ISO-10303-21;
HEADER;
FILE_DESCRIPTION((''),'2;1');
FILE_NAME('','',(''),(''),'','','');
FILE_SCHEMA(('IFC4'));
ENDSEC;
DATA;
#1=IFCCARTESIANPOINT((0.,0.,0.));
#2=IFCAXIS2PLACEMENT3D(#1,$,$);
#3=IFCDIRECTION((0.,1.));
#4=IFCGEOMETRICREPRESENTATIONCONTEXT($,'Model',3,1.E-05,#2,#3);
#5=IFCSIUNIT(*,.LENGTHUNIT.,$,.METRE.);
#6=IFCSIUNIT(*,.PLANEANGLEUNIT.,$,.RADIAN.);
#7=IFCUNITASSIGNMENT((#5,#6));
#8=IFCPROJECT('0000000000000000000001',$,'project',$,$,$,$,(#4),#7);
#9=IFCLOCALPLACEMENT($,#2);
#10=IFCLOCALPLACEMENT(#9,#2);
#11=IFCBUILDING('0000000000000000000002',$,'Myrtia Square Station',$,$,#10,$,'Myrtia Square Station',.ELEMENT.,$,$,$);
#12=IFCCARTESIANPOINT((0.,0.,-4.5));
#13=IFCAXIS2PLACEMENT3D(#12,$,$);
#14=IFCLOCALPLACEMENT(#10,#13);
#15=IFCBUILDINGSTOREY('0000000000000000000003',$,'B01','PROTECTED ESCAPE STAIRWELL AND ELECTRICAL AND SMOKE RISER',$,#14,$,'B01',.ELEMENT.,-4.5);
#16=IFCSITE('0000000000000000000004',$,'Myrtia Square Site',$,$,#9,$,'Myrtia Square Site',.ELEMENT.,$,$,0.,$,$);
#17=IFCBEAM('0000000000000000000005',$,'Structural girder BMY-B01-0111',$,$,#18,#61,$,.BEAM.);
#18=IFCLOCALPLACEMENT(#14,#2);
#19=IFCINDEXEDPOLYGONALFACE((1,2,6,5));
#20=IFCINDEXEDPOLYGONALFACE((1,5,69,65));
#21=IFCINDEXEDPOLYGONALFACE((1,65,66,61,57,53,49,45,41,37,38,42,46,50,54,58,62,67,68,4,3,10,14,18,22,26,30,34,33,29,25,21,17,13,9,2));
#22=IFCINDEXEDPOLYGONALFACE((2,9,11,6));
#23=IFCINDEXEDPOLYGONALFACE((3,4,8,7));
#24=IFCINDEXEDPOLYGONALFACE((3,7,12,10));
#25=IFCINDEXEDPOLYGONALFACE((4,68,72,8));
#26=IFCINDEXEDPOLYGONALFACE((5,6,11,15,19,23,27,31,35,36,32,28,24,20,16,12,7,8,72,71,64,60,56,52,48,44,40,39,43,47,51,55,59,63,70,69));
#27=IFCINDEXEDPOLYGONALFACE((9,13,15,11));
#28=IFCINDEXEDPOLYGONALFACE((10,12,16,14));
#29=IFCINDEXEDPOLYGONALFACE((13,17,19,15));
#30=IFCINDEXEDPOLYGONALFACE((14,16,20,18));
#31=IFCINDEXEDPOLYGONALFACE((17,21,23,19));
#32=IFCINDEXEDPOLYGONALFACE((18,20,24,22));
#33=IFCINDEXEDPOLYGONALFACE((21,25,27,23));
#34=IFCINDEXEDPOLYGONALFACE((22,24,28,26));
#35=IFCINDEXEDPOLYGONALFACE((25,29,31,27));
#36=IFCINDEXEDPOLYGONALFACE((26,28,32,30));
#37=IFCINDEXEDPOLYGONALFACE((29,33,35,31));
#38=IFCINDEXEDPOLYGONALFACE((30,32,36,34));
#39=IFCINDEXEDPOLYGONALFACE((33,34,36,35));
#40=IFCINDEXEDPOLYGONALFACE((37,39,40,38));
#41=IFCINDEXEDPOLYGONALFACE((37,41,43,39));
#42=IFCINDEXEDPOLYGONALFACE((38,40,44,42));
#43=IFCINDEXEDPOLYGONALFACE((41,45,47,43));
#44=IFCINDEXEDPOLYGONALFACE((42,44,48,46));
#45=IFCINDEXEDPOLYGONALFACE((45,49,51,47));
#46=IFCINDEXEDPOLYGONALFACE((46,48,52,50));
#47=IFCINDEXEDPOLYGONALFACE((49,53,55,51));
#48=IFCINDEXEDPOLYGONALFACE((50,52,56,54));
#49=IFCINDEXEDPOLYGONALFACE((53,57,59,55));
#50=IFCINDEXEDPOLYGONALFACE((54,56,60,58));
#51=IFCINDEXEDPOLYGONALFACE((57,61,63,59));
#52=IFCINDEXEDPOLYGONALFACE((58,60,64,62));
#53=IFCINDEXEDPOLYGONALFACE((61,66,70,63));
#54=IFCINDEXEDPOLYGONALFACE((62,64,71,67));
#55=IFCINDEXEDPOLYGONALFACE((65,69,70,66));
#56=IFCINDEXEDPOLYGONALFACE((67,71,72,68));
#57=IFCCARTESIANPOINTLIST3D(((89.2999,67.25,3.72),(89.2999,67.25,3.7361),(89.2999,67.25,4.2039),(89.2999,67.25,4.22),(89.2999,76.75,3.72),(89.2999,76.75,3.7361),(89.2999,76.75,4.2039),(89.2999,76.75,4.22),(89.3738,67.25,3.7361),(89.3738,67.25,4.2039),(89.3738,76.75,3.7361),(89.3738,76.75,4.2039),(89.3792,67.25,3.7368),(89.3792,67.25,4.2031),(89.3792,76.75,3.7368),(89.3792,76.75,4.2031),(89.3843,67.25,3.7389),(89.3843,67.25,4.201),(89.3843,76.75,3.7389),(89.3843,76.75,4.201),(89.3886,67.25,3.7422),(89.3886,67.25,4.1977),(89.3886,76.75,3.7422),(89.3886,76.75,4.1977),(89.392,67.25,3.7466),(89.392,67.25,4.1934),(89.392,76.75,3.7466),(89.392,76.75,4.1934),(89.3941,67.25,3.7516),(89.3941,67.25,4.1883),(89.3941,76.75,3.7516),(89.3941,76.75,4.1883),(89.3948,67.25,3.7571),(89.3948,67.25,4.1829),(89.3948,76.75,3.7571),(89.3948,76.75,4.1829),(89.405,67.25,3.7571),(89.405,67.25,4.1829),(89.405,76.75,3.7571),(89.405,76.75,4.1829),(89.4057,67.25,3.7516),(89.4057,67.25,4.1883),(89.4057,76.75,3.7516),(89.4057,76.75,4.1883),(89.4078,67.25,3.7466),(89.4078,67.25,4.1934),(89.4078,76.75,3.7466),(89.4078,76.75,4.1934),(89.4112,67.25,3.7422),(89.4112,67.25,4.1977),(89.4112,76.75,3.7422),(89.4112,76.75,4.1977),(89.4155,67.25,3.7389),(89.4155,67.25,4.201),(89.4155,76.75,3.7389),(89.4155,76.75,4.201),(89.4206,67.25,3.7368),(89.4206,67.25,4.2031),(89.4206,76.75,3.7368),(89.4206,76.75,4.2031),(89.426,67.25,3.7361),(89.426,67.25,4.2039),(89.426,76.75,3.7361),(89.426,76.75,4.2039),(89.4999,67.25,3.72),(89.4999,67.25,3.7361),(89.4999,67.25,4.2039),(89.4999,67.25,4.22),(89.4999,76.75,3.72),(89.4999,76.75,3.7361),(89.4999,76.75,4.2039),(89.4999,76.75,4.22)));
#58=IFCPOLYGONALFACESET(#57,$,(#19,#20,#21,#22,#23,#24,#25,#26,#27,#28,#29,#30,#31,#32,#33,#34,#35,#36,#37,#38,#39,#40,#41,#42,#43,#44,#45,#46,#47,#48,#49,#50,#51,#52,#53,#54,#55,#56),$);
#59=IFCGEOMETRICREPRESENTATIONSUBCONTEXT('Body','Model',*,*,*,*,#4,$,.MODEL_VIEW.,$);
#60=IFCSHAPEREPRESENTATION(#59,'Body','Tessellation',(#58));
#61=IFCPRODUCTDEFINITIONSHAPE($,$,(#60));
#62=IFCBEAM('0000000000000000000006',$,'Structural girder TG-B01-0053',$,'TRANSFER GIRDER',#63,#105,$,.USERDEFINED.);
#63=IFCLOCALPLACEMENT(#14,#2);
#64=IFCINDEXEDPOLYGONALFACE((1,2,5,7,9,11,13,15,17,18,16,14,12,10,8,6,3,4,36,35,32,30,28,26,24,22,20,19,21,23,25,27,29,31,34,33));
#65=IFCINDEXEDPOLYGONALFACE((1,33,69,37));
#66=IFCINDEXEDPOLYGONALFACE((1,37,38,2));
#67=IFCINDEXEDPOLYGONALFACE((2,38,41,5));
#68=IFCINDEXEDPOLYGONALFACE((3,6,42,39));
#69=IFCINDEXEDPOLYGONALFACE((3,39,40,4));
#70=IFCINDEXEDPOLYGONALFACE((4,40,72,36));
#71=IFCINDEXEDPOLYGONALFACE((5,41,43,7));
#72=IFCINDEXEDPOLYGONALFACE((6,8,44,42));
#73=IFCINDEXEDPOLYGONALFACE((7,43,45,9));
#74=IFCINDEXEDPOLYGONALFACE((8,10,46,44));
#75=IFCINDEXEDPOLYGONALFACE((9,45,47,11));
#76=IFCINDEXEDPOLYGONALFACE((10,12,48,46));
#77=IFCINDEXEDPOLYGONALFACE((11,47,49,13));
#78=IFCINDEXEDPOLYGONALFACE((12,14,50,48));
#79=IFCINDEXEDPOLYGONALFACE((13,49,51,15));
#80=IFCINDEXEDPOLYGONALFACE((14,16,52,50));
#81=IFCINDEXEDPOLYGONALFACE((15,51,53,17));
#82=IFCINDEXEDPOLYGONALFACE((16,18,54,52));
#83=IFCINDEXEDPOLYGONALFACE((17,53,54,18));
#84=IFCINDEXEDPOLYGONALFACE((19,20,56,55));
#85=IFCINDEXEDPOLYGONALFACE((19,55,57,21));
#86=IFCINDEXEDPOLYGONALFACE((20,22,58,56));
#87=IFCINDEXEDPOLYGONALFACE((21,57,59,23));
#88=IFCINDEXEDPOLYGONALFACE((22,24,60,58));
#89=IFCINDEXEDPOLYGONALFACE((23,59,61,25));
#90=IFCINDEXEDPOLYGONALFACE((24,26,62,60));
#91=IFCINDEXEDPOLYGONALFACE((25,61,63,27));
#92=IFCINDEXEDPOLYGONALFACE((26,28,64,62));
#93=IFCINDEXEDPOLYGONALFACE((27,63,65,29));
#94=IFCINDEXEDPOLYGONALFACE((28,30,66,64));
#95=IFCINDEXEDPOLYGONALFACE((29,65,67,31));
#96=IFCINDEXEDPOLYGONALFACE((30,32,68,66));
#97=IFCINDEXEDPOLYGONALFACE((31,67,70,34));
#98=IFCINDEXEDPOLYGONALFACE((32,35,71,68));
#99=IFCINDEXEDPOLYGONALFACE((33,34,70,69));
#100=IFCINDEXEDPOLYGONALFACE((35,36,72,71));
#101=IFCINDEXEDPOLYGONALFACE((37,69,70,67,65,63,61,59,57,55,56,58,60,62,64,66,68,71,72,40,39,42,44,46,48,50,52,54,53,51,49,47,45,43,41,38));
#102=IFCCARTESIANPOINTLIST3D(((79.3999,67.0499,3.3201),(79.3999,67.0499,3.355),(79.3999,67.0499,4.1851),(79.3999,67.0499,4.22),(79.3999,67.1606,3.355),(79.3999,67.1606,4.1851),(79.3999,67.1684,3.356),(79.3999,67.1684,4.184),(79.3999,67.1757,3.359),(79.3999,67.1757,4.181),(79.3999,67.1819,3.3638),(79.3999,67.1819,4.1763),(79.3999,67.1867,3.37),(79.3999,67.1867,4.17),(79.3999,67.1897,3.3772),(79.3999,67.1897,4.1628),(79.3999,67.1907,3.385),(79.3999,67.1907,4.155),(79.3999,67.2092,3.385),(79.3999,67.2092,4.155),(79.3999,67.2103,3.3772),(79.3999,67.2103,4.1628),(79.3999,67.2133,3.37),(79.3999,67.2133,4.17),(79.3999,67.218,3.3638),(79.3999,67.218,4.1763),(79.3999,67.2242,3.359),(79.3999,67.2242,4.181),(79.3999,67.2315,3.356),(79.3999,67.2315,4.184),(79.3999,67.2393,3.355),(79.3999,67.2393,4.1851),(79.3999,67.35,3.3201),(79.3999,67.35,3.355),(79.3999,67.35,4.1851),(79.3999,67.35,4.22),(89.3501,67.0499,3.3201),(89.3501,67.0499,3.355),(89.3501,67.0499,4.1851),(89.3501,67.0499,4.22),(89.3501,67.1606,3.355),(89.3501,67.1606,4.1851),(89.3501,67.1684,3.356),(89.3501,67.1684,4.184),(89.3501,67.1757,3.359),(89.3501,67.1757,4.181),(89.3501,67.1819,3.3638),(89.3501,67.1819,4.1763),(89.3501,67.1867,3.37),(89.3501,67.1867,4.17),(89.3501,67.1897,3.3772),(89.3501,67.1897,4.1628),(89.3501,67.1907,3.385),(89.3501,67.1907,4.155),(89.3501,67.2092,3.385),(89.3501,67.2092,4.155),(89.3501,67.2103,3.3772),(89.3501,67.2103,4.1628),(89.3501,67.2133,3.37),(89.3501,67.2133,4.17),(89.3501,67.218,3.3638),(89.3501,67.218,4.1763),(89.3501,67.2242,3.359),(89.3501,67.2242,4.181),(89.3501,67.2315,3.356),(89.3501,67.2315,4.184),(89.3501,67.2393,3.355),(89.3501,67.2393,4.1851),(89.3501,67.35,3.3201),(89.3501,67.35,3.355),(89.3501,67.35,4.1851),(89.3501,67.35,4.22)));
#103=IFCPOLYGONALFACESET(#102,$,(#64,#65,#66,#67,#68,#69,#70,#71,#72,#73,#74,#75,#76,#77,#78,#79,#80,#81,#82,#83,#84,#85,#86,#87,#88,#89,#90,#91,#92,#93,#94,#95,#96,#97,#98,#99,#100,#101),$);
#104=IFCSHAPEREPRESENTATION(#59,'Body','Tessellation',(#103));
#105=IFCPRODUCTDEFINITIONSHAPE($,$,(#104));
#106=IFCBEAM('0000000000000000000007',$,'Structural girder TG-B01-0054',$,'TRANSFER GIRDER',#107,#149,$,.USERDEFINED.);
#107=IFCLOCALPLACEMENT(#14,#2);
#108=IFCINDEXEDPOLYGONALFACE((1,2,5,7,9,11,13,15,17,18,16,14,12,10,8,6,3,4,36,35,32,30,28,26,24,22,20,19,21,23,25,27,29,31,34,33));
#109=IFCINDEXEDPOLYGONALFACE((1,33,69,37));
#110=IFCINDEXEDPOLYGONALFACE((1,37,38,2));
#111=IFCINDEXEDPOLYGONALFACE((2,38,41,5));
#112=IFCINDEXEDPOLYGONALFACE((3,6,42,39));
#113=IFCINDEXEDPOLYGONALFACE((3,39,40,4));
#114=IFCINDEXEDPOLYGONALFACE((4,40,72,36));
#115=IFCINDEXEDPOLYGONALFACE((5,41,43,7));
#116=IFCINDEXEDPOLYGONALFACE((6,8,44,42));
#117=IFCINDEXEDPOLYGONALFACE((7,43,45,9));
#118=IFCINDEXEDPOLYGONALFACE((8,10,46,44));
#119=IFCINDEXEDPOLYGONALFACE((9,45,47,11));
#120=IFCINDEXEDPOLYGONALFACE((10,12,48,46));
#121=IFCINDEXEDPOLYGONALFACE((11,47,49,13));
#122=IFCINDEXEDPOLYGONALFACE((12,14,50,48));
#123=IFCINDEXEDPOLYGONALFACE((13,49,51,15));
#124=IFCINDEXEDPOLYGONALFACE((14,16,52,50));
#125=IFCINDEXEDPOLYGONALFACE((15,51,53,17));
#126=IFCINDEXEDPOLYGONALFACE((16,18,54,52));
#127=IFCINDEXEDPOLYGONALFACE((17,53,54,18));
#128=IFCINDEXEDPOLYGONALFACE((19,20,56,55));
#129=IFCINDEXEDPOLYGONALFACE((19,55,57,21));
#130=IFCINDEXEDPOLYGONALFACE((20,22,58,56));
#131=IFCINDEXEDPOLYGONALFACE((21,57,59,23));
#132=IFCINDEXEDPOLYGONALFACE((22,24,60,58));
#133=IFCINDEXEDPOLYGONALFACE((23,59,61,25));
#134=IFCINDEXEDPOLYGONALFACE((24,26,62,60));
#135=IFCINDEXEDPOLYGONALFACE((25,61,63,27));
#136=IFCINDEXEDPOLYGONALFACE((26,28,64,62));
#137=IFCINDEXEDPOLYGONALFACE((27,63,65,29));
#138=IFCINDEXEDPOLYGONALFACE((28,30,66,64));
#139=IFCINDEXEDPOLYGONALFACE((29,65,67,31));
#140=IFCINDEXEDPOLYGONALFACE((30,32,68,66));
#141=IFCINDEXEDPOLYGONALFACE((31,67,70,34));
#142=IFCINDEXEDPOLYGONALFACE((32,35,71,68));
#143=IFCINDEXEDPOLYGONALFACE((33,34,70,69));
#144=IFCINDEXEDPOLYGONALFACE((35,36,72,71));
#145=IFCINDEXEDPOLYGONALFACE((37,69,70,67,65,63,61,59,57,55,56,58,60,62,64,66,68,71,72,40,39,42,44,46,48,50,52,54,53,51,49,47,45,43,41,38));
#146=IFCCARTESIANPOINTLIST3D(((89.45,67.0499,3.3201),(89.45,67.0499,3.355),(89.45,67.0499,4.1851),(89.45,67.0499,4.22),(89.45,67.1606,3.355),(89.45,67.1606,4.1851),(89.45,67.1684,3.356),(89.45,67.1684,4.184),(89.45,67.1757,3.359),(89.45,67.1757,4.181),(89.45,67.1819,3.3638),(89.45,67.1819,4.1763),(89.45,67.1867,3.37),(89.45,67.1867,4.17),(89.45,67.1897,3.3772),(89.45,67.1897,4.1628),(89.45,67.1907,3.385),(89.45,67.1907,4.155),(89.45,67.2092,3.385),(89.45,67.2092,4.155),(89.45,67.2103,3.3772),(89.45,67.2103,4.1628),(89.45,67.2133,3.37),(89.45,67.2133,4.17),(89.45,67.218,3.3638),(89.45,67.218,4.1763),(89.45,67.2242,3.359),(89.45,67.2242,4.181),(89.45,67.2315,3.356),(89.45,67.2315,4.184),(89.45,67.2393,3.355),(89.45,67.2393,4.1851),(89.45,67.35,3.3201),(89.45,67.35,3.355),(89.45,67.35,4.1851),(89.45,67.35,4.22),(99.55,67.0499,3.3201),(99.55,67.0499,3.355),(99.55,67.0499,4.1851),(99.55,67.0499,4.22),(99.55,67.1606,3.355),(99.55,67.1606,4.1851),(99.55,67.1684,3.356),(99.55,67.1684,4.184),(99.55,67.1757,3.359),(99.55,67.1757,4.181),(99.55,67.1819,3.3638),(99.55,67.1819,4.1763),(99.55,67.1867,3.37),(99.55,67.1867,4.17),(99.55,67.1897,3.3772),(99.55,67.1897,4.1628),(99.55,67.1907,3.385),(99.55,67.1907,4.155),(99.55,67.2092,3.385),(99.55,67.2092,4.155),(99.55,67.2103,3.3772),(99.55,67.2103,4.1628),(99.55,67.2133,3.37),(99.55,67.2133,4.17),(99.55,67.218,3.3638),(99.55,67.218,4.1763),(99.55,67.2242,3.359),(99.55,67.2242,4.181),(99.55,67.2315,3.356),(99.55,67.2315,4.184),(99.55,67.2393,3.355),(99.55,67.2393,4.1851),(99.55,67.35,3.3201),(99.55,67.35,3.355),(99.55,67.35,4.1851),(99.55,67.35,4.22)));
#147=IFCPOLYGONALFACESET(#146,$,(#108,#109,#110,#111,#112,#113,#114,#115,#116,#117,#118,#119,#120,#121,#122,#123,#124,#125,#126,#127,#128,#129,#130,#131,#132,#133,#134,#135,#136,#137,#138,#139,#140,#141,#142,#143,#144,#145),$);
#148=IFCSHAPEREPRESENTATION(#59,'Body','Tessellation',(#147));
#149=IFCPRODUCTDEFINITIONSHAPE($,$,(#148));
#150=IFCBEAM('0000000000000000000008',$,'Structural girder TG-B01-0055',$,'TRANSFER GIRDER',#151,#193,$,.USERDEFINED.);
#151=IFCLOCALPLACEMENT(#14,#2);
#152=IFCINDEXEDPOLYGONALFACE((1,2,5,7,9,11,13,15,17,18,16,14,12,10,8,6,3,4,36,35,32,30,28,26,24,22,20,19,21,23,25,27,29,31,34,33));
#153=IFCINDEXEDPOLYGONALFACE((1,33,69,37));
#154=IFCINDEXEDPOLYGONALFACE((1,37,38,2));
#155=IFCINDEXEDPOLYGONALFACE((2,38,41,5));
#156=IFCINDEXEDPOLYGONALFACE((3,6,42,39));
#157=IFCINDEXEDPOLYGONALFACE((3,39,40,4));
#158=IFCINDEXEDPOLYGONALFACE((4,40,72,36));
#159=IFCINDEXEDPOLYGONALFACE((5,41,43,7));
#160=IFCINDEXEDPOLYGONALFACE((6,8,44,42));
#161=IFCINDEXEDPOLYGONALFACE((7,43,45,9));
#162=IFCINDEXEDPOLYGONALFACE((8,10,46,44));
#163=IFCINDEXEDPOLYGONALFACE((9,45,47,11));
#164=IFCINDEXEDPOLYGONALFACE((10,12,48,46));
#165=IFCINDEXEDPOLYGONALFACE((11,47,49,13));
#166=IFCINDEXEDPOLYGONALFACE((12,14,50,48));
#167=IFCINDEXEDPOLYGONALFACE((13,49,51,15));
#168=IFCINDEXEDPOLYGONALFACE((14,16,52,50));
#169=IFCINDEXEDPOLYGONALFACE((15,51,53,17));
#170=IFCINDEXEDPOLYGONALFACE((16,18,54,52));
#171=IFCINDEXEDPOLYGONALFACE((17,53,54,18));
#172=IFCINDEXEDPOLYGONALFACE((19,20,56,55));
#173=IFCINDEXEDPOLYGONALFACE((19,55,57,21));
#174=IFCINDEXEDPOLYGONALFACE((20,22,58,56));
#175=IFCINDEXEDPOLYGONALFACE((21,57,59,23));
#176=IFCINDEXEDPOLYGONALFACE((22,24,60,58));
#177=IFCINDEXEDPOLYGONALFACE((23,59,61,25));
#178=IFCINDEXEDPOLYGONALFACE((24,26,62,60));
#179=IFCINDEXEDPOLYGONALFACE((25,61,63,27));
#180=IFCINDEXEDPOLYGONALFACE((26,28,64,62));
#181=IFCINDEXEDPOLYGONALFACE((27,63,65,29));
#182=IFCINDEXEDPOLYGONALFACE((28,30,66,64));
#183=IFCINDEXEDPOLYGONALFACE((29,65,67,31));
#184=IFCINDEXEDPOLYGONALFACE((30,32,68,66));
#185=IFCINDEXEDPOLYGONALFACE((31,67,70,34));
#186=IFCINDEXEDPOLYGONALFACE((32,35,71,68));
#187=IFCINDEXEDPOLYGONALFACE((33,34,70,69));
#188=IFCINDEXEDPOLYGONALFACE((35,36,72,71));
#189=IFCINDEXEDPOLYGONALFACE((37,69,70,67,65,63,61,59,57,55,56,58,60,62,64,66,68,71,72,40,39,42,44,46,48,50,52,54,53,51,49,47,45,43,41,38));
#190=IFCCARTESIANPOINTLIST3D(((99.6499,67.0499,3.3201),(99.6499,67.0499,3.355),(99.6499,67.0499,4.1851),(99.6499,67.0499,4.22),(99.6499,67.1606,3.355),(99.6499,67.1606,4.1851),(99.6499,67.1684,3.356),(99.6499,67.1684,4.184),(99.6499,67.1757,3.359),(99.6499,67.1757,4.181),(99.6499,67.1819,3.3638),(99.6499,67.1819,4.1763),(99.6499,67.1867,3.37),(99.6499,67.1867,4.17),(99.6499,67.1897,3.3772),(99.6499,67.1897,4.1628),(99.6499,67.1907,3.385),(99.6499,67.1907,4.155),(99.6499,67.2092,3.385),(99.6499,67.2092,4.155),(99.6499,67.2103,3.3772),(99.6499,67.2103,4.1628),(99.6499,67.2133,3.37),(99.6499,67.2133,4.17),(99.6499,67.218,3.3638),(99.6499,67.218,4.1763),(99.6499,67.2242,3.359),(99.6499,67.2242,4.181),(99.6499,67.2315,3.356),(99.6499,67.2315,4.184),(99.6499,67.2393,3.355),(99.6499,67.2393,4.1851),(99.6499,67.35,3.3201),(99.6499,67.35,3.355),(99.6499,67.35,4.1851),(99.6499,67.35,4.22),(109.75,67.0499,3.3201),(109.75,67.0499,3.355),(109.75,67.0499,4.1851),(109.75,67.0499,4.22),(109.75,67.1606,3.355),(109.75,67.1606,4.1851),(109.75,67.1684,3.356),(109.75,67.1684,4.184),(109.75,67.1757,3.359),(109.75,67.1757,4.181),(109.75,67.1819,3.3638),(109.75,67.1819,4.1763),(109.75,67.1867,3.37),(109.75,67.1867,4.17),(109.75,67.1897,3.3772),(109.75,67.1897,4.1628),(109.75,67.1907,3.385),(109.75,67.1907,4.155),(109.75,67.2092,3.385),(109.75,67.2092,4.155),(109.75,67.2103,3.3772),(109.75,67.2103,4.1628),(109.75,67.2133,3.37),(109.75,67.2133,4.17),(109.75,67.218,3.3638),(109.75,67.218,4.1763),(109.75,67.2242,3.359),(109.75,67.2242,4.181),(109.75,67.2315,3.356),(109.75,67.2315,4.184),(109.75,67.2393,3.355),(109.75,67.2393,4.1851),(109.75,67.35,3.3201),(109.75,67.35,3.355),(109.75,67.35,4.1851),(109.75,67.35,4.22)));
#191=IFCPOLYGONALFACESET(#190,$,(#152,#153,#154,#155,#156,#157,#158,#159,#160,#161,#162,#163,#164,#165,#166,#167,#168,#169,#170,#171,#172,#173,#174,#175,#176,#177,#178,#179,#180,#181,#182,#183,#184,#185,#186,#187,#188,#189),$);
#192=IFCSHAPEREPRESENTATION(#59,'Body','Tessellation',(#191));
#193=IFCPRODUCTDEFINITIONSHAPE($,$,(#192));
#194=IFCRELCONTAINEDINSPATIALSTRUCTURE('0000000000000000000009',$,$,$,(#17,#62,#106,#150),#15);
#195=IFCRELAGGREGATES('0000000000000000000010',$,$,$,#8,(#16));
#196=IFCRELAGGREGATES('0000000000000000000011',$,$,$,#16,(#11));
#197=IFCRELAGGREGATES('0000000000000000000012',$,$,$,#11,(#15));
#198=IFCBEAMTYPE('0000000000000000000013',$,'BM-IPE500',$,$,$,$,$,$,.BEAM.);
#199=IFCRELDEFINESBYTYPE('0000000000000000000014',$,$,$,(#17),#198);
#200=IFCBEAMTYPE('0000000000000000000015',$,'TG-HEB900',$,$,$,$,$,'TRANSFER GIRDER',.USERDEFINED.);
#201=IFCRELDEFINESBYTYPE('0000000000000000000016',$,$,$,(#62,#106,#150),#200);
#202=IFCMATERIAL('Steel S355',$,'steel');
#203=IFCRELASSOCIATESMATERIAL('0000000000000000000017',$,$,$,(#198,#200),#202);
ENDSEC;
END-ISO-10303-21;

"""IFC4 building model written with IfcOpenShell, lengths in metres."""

from ifc_helpers import new_model, si_unit, direction, frame, origin, origin_2d, place, context, subcontext, project, spatial, i_section, extrude, material, material_profile, profile_set, type_object, element, save


model = new_model("IFC4")

# Units and contexts
model_context = context("Model", 3, precision=1e-05, world=origin(), true_north=direction((0.0, 1.0)))
body_context = subcontext(model_context, "Body", "Model", "MODEL_VIEW")
ifc_project = project(units=[si_unit("LENGTHUNIT", "METRE"), si_unit("PLANEANGLEUNIT", "RADIAN")], contexts=[model_context])

# Site, building, storey
site_placement = place(None, origin())
site = spatial("IfcSite", under=ifc_project, at=site_placement, Name="Myrtia Square Site", LongName="Myrtia Square Site", CompositionType="ELEMENT", RefElevation=0.0)
building_placement = place(site_placement, origin())
building = spatial("IfcBuilding", under=site, at=building_placement, Name="Myrtia Square Station", LongName="Myrtia Square Station", CompositionType="ELEMENT")
storey_placement = place(building_placement, frame((0.0, 0.0, -4.5)))
storey = spatial("IfcBuildingStorey", under=building, at=storey_placement, Name="B01", Description="PROTECTED ESCAPE STAIRWELL AND ELECTRICAL AND SMOKE RISER", LongName="B01", CompositionType="ELEMENT", Elevation=-4.5)

# Beams
ifc_material_1 = material(Name="Steel S355", Category="steel")
ifc_material_profile_1 = material_profile(ifc_material_1, i_section(OverallWidth=0.2, OverallDepth=0.5, WebThickness=0.0103, FlangeThickness=0.0161, FilletRadius=0.021, at=origin_2d()), Name="IPE 500")
ifc_profile_set_1 = profile_set([ifc_material_profile_1], Name="Steel S355")
beam_type_1 = type_object("IfcBeamType", Name="BM-IPE500", PredefinedType="BEAM", material=ifc_profile_set_1)
for number, where, z_axis, x_axis, name in (
    (1, (89.3999, 67.25, 3.97), (0.0, 1.0, 0.0), (-1.0, 0.0, 0.0), "Structural girder BMY-B01-0111"),
):
    element("IfcBeam", number, at=place(storey_placement, frame(where, z_axis=z_axis, x_axis=x_axis)), inside=storey, type_object=beam_type_1, Name=name, PredefinedType="BEAM", context=body_context, shape_type="SweptSolid", body=[
        extrude(i_section(OverallWidth=0.2, OverallDepth=0.5, WebThickness=0.0103, FlangeThickness=0.0161, FilletRadius=0.021, at=origin_2d()), origin(), (0.0, 0.0, 1.0), 9.5),
    ])
ifc_material_profile_2 = material_profile(ifc_material_1, i_section(OverallWidth=0.3, OverallDepth=0.8999, WebThickness=0.0186, FlangeThickness=0.0349, FilletRadius=0.03, at=origin_2d()), Name="HEB 900")
ifc_profile_set_2 = profile_set([ifc_material_profile_2], Name="Steel S355")
beam_type_2 = type_object("IfcBeamType", Name="TG-HEB900", ElementType="TRANSFER GIRDER", PredefinedType="USERDEFINED", material=ifc_profile_set_2)
beam_placement = place(storey_placement, frame((79.3999, 67.2, 3.77), z_axis=(1.0, 0.0, 0.0), x_axis=(0.0, 1.0, 0.0)))
element("IfcBeam", 2, at=beam_placement, inside=storey, type_object=beam_type_2, Name="Structural girder TG-B01-0053", ObjectType="TRANSFER GIRDER", PredefinedType="USERDEFINED", context=body_context, shape_type="SweptSolid", body=[
    extrude(i_section(OverallWidth=0.3, OverallDepth=0.8999, WebThickness=0.0186, FlangeThickness=0.0349, FilletRadius=0.03, at=origin_2d()), origin(), (0.0, 0.0, 1.0), 9.9502),
])
for number, where, z_axis, x_axis, name in (
    (3, (89.45, 67.2, 3.77), (1.0, 0.0, 0.0), (0.0, 1.0, 0.0), "Structural girder TG-B01-0054"),
    (4, (99.6499, 67.2, 3.77), (1.0, 0.0, 0.0), (0.0, 1.0, 0.0), "Structural girder TG-B01-0055"),
):
    element("IfcBeam", number, at=place(storey_placement, frame(where, z_axis=z_axis, x_axis=x_axis)), inside=storey, type_object=beam_type_2, Name=name, ObjectType="TRANSFER GIRDER", PredefinedType="USERDEFINED", context=body_context, shape_type="SweptSolid", body=[
        extrude(i_section(OverallWidth=0.3, OverallDepth=0.8999, WebThickness=0.0186, FlangeThickness=0.0349, FilletRadius=0.03, at=origin_2d()), origin(), (0.0, 0.0, 1.0), 10.1001),
    ])

save(model, "model.ifc")
